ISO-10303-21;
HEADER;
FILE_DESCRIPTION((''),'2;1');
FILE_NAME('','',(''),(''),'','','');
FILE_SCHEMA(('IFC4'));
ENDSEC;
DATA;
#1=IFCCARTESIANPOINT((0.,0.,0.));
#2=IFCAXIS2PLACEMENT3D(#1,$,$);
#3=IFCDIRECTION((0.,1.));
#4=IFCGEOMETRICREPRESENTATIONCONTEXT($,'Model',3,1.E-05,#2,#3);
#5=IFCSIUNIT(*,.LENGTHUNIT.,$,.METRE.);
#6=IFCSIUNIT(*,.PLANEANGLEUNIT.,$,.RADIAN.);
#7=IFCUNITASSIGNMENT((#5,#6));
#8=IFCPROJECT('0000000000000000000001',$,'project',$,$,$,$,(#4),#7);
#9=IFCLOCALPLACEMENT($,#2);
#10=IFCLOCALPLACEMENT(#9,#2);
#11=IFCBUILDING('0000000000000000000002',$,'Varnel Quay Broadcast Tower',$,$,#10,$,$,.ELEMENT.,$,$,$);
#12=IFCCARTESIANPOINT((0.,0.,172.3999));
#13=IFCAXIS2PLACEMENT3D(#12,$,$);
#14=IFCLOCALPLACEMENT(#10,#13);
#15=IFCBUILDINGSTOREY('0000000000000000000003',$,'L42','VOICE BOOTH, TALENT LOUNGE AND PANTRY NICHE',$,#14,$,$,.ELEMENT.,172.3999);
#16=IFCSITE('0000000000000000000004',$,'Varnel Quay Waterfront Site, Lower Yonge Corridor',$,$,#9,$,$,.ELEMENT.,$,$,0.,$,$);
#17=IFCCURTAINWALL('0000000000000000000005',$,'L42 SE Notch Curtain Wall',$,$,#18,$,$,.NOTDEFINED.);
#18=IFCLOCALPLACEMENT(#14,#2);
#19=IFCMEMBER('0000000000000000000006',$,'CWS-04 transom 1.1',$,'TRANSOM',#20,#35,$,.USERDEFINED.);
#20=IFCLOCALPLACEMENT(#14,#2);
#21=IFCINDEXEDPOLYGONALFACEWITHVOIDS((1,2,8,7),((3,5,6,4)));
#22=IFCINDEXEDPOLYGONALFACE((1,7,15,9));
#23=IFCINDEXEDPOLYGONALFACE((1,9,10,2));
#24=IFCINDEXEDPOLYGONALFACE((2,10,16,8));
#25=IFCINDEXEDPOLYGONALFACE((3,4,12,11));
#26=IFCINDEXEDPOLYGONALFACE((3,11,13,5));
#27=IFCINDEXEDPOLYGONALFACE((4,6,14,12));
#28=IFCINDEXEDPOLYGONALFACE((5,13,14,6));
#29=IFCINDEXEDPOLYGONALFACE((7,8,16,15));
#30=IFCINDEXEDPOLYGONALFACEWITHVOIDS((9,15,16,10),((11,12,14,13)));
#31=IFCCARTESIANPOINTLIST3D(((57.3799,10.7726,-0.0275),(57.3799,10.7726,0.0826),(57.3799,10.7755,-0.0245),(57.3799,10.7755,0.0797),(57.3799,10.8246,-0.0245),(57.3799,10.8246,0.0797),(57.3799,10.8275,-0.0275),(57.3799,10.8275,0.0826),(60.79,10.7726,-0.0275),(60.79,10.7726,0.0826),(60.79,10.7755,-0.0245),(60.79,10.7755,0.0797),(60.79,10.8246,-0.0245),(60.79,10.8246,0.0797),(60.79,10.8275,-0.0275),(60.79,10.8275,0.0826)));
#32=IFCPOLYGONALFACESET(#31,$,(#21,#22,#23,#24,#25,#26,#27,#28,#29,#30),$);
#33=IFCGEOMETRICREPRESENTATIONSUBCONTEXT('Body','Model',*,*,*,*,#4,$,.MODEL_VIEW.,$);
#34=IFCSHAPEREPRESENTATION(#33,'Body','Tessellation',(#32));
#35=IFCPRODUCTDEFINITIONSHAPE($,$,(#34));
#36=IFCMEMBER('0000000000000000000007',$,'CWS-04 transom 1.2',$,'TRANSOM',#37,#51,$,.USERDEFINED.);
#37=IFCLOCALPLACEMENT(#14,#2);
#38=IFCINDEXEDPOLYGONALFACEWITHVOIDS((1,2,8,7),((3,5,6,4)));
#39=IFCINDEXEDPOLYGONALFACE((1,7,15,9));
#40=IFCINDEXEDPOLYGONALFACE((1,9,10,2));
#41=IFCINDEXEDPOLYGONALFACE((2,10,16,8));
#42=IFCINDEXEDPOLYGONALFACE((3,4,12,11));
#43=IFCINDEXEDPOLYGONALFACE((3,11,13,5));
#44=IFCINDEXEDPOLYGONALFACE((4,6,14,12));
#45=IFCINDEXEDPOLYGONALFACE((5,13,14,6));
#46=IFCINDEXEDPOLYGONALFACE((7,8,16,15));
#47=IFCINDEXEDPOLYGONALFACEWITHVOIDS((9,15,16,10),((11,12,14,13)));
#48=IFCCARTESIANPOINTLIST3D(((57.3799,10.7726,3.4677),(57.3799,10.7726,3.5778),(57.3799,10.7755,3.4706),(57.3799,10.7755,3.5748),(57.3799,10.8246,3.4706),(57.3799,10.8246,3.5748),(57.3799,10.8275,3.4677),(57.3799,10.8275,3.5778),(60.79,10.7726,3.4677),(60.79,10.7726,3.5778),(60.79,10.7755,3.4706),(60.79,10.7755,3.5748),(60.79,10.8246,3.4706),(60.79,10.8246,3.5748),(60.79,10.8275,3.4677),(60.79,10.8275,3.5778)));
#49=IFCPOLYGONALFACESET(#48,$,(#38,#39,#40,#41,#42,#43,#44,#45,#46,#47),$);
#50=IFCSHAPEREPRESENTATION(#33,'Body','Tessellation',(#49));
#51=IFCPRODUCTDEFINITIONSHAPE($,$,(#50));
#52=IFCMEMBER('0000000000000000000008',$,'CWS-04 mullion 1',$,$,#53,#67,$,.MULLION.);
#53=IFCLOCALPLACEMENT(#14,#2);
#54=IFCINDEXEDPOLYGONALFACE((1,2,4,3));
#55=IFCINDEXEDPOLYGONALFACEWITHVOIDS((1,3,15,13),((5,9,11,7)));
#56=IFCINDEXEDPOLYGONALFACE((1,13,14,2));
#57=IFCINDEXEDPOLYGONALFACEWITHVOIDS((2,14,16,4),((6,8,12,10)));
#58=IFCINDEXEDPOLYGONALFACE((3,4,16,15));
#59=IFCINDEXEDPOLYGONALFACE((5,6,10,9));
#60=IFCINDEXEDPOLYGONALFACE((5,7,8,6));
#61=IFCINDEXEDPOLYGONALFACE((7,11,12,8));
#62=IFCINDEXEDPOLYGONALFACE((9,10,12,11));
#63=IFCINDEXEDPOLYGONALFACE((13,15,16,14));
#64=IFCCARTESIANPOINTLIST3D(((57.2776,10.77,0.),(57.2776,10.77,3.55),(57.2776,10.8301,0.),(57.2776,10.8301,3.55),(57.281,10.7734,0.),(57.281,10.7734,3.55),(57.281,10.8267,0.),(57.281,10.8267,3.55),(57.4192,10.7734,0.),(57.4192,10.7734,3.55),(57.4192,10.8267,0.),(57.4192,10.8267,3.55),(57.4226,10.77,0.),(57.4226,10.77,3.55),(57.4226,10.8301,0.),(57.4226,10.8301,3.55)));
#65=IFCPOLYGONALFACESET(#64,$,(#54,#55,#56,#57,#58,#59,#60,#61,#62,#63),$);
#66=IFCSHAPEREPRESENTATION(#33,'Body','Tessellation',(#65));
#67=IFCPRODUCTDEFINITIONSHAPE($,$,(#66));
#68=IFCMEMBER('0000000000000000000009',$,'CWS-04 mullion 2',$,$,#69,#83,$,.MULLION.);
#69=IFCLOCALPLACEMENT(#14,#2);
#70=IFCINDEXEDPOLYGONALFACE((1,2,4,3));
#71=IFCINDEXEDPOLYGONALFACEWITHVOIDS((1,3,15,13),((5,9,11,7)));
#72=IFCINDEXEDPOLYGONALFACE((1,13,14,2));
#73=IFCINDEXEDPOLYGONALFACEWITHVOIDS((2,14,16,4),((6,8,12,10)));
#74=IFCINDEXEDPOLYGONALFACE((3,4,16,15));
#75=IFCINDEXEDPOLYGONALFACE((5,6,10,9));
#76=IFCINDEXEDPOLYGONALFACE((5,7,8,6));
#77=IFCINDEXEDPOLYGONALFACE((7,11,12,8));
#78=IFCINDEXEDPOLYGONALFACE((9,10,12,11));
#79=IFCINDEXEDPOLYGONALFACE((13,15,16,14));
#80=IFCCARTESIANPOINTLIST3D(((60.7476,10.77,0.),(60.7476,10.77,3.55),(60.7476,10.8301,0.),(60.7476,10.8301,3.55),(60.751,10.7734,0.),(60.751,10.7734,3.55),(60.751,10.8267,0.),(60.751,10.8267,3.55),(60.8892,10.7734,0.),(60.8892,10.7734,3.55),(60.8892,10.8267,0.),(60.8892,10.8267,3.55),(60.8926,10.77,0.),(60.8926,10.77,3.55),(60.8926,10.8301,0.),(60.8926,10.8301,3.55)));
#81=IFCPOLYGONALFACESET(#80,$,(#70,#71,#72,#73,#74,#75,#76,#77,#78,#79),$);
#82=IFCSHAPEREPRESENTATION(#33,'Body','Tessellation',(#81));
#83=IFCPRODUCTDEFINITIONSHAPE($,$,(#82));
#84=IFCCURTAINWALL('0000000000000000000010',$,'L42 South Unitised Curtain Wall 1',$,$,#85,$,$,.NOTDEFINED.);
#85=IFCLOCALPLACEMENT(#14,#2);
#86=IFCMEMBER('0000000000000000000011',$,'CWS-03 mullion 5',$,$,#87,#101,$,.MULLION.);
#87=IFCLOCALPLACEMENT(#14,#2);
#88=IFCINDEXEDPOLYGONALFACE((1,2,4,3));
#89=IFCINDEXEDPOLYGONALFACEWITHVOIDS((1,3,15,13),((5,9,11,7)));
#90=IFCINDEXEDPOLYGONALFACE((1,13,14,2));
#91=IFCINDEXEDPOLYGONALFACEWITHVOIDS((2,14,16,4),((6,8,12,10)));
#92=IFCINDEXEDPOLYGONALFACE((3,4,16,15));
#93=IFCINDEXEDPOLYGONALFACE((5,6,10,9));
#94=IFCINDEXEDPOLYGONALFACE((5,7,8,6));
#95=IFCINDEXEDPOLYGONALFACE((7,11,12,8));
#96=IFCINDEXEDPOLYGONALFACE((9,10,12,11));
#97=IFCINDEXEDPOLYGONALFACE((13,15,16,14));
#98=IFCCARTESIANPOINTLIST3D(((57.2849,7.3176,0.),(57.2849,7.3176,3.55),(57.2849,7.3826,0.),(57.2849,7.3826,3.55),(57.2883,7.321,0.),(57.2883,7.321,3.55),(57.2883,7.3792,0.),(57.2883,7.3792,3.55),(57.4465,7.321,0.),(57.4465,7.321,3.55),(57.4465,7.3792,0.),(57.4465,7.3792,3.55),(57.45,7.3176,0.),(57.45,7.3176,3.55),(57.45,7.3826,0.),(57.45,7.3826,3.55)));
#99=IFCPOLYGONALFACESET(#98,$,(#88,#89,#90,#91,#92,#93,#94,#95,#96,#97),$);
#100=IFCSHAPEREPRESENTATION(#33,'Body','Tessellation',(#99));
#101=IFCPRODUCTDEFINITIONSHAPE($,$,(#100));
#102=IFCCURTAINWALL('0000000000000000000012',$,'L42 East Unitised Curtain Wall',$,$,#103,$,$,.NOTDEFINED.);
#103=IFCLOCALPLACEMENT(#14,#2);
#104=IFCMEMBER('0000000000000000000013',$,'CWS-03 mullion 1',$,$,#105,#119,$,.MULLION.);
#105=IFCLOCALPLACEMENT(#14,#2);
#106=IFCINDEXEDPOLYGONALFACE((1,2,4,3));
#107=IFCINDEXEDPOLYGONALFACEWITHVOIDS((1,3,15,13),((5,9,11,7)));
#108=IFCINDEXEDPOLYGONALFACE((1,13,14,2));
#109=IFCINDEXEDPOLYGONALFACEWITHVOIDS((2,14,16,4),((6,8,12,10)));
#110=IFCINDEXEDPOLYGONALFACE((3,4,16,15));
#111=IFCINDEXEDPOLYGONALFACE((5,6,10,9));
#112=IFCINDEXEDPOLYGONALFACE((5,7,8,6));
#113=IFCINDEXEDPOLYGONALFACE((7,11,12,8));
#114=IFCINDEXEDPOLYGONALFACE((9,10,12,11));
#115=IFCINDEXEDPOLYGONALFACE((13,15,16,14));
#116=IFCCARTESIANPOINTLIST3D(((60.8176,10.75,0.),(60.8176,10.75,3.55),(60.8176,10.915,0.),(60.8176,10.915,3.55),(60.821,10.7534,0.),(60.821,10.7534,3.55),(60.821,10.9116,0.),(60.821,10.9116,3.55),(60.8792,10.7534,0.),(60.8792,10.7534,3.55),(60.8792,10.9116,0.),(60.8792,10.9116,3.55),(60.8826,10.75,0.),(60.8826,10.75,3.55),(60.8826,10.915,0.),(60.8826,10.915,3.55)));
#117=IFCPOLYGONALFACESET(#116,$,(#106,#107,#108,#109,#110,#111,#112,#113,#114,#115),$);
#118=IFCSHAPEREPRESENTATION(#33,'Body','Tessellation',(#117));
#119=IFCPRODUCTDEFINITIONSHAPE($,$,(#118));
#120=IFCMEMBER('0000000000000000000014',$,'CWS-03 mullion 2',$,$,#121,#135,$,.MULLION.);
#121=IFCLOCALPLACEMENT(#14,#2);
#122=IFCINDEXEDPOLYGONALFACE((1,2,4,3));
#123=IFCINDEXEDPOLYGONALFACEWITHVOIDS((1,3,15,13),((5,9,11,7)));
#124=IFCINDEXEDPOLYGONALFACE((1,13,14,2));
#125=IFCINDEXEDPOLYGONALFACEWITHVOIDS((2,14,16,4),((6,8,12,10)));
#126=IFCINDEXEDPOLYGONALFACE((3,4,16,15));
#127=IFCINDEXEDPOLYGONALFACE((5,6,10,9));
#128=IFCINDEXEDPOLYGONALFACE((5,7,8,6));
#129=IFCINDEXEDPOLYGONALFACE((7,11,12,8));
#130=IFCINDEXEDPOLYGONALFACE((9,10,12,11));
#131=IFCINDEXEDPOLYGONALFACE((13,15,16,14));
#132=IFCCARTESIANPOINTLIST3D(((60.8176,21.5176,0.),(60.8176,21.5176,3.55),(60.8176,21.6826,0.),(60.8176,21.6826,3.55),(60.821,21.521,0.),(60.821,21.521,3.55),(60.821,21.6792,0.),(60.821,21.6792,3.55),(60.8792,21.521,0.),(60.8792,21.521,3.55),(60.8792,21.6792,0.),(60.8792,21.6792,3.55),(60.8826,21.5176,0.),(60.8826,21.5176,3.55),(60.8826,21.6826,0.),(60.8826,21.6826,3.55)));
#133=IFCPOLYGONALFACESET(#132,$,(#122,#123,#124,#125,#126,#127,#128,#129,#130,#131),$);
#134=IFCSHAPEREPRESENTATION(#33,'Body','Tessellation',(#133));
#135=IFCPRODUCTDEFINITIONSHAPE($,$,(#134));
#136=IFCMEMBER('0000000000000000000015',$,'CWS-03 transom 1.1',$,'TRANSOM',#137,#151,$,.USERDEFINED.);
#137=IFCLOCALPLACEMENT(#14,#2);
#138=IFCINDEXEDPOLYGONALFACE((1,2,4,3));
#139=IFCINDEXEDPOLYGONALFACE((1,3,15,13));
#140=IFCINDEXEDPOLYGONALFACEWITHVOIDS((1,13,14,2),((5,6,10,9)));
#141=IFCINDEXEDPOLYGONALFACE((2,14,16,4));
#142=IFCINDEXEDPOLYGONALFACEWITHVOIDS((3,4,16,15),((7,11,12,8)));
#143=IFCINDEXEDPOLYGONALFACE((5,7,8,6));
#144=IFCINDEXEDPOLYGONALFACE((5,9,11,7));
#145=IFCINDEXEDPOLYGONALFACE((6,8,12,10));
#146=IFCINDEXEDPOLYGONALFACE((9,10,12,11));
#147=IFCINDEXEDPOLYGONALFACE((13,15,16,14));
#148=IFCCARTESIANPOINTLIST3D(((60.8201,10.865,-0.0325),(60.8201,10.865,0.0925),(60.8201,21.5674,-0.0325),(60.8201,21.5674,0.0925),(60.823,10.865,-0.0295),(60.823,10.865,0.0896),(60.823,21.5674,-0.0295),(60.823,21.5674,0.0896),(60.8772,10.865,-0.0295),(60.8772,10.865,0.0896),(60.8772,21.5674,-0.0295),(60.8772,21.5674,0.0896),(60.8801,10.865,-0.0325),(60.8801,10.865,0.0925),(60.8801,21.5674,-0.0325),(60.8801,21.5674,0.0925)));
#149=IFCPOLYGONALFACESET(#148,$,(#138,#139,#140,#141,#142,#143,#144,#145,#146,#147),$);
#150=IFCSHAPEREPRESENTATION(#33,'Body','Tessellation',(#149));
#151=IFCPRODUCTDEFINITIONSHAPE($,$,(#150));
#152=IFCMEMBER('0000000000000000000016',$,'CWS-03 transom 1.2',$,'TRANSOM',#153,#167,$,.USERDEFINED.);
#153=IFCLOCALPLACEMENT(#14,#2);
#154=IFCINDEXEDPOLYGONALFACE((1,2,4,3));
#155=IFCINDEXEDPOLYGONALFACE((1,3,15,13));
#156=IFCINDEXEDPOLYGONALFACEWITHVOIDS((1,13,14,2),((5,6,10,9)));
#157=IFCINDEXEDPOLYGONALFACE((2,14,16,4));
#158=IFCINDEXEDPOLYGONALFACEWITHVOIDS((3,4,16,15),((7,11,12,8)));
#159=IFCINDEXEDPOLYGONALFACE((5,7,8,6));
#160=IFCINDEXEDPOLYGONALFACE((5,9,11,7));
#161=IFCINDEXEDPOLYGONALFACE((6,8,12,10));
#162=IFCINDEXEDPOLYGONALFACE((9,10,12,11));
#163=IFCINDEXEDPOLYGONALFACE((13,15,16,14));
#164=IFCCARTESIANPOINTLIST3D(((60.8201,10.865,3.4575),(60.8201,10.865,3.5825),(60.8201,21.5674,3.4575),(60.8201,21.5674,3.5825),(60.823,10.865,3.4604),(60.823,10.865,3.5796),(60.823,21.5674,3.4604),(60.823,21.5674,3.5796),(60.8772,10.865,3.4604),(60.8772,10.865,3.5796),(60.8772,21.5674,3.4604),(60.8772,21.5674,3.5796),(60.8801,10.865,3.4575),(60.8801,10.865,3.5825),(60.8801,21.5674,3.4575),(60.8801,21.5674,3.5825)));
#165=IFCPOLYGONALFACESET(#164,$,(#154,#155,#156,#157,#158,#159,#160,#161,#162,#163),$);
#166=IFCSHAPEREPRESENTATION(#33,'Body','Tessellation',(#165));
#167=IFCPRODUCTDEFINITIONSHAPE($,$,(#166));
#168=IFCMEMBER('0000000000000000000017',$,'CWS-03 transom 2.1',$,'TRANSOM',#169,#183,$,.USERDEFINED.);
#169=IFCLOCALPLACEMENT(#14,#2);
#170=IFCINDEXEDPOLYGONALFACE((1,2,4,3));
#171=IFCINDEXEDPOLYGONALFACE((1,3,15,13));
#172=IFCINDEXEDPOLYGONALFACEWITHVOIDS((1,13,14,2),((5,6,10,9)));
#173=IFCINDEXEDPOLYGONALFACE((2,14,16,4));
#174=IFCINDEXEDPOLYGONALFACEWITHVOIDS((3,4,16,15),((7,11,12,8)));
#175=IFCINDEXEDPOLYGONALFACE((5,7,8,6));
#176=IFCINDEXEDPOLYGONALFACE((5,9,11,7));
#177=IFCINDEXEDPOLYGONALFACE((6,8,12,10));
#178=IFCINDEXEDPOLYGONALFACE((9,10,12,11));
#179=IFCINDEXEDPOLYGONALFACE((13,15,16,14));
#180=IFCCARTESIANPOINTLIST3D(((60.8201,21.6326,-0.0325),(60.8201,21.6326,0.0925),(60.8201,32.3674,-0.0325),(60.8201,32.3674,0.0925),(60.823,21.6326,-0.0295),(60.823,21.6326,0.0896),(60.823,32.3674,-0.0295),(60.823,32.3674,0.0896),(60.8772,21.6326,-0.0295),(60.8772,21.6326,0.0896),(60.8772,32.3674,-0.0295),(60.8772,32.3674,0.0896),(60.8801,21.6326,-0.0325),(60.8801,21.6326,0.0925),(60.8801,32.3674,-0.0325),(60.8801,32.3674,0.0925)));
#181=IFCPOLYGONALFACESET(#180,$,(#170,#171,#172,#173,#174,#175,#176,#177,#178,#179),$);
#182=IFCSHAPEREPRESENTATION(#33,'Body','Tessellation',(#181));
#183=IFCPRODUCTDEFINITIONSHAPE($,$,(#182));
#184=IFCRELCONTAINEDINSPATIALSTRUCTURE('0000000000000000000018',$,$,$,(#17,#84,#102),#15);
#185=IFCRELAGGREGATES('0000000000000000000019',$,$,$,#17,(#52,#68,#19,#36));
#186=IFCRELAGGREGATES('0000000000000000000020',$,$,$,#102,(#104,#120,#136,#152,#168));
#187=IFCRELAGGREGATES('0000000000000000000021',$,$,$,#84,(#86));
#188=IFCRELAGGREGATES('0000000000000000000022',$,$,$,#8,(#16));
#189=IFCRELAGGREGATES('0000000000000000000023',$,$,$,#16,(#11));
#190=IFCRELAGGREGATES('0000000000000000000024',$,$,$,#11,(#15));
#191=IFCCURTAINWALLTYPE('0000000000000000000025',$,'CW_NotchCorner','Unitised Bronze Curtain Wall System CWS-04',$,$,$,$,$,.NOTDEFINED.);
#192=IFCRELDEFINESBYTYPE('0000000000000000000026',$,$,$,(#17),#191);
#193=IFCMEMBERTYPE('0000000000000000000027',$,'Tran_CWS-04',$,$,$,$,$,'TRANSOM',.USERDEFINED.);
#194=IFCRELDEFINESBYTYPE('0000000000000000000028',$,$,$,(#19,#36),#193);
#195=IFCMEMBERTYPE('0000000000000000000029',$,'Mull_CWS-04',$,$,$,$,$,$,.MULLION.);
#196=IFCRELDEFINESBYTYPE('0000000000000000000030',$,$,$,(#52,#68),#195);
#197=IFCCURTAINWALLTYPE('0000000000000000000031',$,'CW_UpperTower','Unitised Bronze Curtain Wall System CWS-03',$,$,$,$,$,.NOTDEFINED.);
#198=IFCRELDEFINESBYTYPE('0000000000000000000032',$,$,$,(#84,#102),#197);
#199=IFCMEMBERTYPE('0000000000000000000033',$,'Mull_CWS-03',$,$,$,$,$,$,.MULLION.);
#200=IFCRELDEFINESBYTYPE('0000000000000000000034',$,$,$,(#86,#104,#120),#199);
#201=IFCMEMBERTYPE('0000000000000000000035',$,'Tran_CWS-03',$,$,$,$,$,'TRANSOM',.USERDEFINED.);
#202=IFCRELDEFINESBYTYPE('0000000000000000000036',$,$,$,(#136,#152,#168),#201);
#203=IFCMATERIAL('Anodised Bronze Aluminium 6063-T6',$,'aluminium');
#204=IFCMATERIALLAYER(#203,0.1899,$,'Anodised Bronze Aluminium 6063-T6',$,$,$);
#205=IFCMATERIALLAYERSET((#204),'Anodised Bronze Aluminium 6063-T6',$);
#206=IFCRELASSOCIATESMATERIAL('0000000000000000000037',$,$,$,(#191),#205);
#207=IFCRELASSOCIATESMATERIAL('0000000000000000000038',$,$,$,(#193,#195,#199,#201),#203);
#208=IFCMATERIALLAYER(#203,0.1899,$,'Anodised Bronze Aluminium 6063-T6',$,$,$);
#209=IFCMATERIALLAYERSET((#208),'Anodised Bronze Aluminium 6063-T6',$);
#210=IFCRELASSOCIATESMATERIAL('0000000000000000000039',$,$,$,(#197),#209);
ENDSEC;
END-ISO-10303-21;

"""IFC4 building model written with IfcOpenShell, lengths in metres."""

from ifc_helpers import new_model, si_unit, direction, frame, origin, origin_2d, place, context, subcontext, project, spatial, hollow_rectangle, extrude, source, transform, mapped, material, layer, layer_set, material_profile, profile_set, type_object, type_shapes, element, aggregate, save


model = new_model("IFC4")

# Units and contexts
model_context = context("Model", 3, precision=1e-05, world=origin(), true_north=direction((0.0, 1.0)))
body_context = subcontext(model_context, "Body", "Model", "MODEL_VIEW")
ifc_project = project(units=[si_unit("LENGTHUNIT", "METRE"), si_unit("PLANEANGLEUNIT", "RADIAN")], contexts=[model_context])

# Site, building, storey
site_placement = place(None, origin())
site = spatial("IfcSite", under=ifc_project, at=site_placement, Name="Varnel Quay Waterfront Site, Lower Yonge Corridor", CompositionType="ELEMENT", RefElevation=0.0)
building_placement = place(site_placement, origin())
building = spatial("IfcBuilding", under=site, at=building_placement, Name="Varnel Quay Broadcast Tower", CompositionType="ELEMENT")
storey_placement = place(building_placement, frame((0.0, 0.0, 172.3999)))
storey = spatial("IfcBuildingStorey", under=building, at=storey_placement, Name="L42", Description="VOICE BOOTH, TALENT LOUNGE AND PANTRY NICHE", CompositionType="ELEMENT", Elevation=172.3999)

# Curtain wall, members
ifc_material_1 = material(Name="Anodised Bronze Aluminium 6063-T6", Category="aluminium")
ifc_layer_1 = layer(ifc_material_1, 0.1899, Name="Anodised Bronze Aluminium 6063-T6")
ifc_layer_set_1 = layer_set([ifc_layer_1], Name="Anodised Bronze Aluminium 6063-T6")
curtain_wall_type_1 = type_object("IfcCurtainWallType", Name="CW_NotchCorner", Description="Unitised Bronze Curtain Wall System CWS-04", PredefinedType="NOTDEFINED", material=ifc_layer_set_1)
curtain_wall_1_placement = place(storey_placement, origin())
curtain_wall_1 = element("IfcCurtainWall", 1, at=curtain_wall_1_placement, inside=storey, type_object=curtain_wall_type_1, Name="L42 SE Notch Curtain Wall", PredefinedType="NOTDEFINED")
ifc_material_profile_1 = material_profile(ifc_material_1, hollow_rectangle(XDim=0.0549, YDim=0.1101, WallThickness=0.0029, at=origin_2d()), Name="ALU55X110X3")
ifc_profile_set_1 = profile_set([ifc_material_profile_1], Name="Anodised Bronze Aluminium 6063-T6")
member_type_1 = type_object("IfcMemberType", Name="Tran_CWS-04", ElementType="TRANSOM", PredefinedType="USERDEFINED", material=ifc_profile_set_1)
shared_shape_1 = source(origin(), body_context, "Body", "SweptSolid", [
    extrude(hollow_rectangle(XDim=0.0549, YDim=0.1101, WallThickness=0.0029, at=origin_2d()), origin(), (0.0, 0.0, 1.0), 3.4102),
])
type_shapes(member_type_1, [shared_shape_1])
member_1_placement = place(storey_placement, frame((57.3799, 10.8, 0.0276), z_axis=(1.0, 0.0, 0.0), x_axis=(0.0, 1.0, 0.0)))
member_1 = element("IfcMember", 2, at=member_1_placement, type_object=member_type_1, Name="CWS-04 transom 1.1", ObjectType="TRANSOM", PredefinedType="USERDEFINED", context=body_context, shape_type="MappedRepresentation", body=[
    mapped(shared_shape_1, transform((0.0, 0.0, 0.0), x_axis=(1.0, 0.0, 0.0), y_axis=(0.0, 1.0, 0.0), z_axis=(0.0, 0.0, 1.0), scale=1.0)),
])
member_2_placement = place(storey_placement, frame((57.3799, 10.8, 3.5227), z_axis=(1.0, 0.0, 0.0), x_axis=(0.0, 1.0, 0.0)))
member_2 = element("IfcMember", 3, at=member_2_placement, type_object=member_type_1, Name="CWS-04 transom 1.2", ObjectType="TRANSOM", PredefinedType="USERDEFINED", context=body_context, shape_type="MappedRepresentation", body=[
    mapped(shared_shape_1, transform((0.0, 0.0, 0.0), x_axis=(1.0, 0.0, 0.0), y_axis=(0.0, 1.0, 0.0), z_axis=(0.0, 0.0, 1.0), scale=1.0)),
])
ifc_material_profile_2 = material_profile(ifc_material_1, hollow_rectangle(XDim=0.0601, YDim=0.145, WallThickness=0.0034, at=origin_2d()), Name="ALU60X145X3.5")
ifc_profile_set_2 = profile_set([ifc_material_profile_2], Name="Anodised Bronze Aluminium 6063-T6")
member_type_2 = type_object("IfcMemberType", Name="Mull_CWS-04", PredefinedType="MULLION", material=ifc_profile_set_2)
shared_shape_2 = source(origin(), body_context, "Body", "SweptSolid", [
    extrude(hollow_rectangle(XDim=0.0601, YDim=0.145, WallThickness=0.0034, at=origin_2d()), origin(), (0.0, 0.0, 1.0), 3.55),
])
type_shapes(member_type_2, [shared_shape_2])
member_3_placement = place(storey_placement, frame((57.3501, 10.8, 0.0), z_axis=(0.0, 0.0, 1.0), x_axis=(0.0, 1.0, 0.0)))
member_3 = element("IfcMember", 4, at=member_3_placement, type_object=member_type_2, Name="CWS-04 mullion 1", PredefinedType="MULLION", context=body_context, shape_type="MappedRepresentation", body=[
    mapped(shared_shape_2, transform((0.0, 0.0, 0.0), x_axis=(1.0, 0.0, 0.0), y_axis=(0.0, 1.0, 0.0), z_axis=(0.0, 0.0, 1.0), scale=1.0)),
])
member_4_placement = place(storey_placement, frame((60.8201, 10.8, 0.0), z_axis=(0.0, 0.0, 1.0), x_axis=(0.0, 1.0, 0.0)))
member_4 = element("IfcMember", 5, at=member_4_placement, type_object=member_type_2, Name="CWS-04 mullion 2", PredefinedType="MULLION", context=body_context, shape_type="MappedRepresentation", body=[
    mapped(shared_shape_2, transform((0.0, 0.0, 0.0), x_axis=(1.0, 0.0, 0.0), y_axis=(0.0, 1.0, 0.0), z_axis=(0.0, 0.0, 1.0), scale=1.0)),
])

# Curtain wall, member
ifc_layer_2 = layer(ifc_material_1, 0.1899, Name="Anodised Bronze Aluminium 6063-T6")
ifc_layer_set_2 = layer_set([ifc_layer_2], Name="Anodised Bronze Aluminium 6063-T6")
curtain_wall_type_2 = type_object("IfcCurtainWallType", Name="CW_UpperTower", Description="Unitised Bronze Curtain Wall System CWS-03", PredefinedType="NOTDEFINED", material=ifc_layer_set_2)
curtain_wall_2_placement = place(storey_placement, origin())
curtain_wall_2 = element("IfcCurtainWall", 6, at=curtain_wall_2_placement, inside=storey, type_object=curtain_wall_type_2, Name="L42 South Unitised Curtain Wall 1", PredefinedType="NOTDEFINED")
ifc_material_profile_3 = material_profile(ifc_material_1, hollow_rectangle(XDim=0.0649, YDim=0.165, WallThickness=0.0034, at=origin_2d()), Name="ALU65X165X3.5")
ifc_profile_set_3 = profile_set([ifc_material_profile_3], Name="Anodised Bronze Aluminium 6063-T6")
member_type_3 = type_object("IfcMemberType", Name="Mull_CWS-03", PredefinedType="MULLION", material=ifc_profile_set_3)
shared_shape_3 = source(origin(), body_context, "Body", "SweptSolid", [
    extrude(hollow_rectangle(XDim=0.0649, YDim=0.165, WallThickness=0.0034, at=origin_2d()), origin(), (0.0, 0.0, 1.0), 3.55),
])
type_shapes(member_type_3, [shared_shape_3])
member_5_placement = place(storey_placement, frame((57.3674, 7.3501, 0.0), z_axis=(0.0, 0.0, 1.0), x_axis=(0.0, 1.0, 0.0)))
member_5 = element("IfcMember", 7, at=member_5_placement, type_object=member_type_3, Name="CWS-03 mullion 5", PredefinedType="MULLION", context=body_context, shape_type="MappedRepresentation", body=[
    mapped(shared_shape_3, transform((0.0, 0.0, 0.0), x_axis=(1.0, 0.0, 0.0), y_axis=(0.0, 1.0, 0.0), z_axis=(0.0, 0.0, 1.0), scale=1.0)),
])

# Curtain wall, members
curtain_wall_3_placement = place(storey_placement, origin())
curtain_wall_3 = element("IfcCurtainWall", 8, at=curtain_wall_3_placement, inside=storey, type_object=curtain_wall_type_2, Name="L42 East Unitised Curtain Wall", PredefinedType="NOTDEFINED")
member_6_placement = place(storey_placement, frame((60.8501, 10.8325, 0.0), z_axis=(0.0, 0.0, 1.0), x_axis=(-1.0, 0.0, 0.0)))
member_6 = element("IfcMember", 9, at=member_6_placement, type_object=member_type_3, Name="CWS-03 mullion 1", PredefinedType="MULLION", context=body_context, shape_type="MappedRepresentation", body=[
    mapped(shared_shape_3, transform((0.0, 0.0, 0.0), x_axis=(1.0, 0.0, 0.0), y_axis=(0.0, 1.0, 0.0), z_axis=(0.0, 0.0, 1.0), scale=1.0)),
])
member_7_placement = place(storey_placement, frame((60.8501, 21.6001, 0.0), z_axis=(0.0, 0.0, 1.0), x_axis=(-1.0, 0.0, 0.0)))
member_7 = element("IfcMember", 10, at=member_7_placement, type_object=member_type_3, Name="CWS-03 mullion 2", PredefinedType="MULLION", context=body_context, shape_type="MappedRepresentation", body=[
    mapped(shared_shape_3, transform((0.0, 0.0, 0.0), x_axis=(1.0, 0.0, 0.0), y_axis=(0.0, 1.0, 0.0), z_axis=(0.0, 0.0, 1.0), scale=1.0)),
])
ifc_material_profile_4 = material_profile(ifc_material_1, hollow_rectangle(XDim=0.0601, YDim=0.125, WallThickness=0.0029, at=origin_2d()), Name="ALU60X125X3")
ifc_profile_set_4 = profile_set([ifc_material_profile_4], Name="Anodised Bronze Aluminium 6063-T6")
member_type_4 = type_object("IfcMemberType", Name="Tran_CWS-03", ElementType="TRANSOM", PredefinedType="USERDEFINED", material=ifc_profile_set_4)
shared_shape_4 = source(origin(), body_context, "Body", "SweptSolid", [
    extrude(hollow_rectangle(XDim=0.0601, YDim=0.125, WallThickness=0.0029, at=origin_2d()), origin(), (0.0, 0.0, 1.0), 10.7024),
])
member_8_placement = place(storey_placement, frame((60.8501, 10.865, 0.03), z_axis=(0.0, 1.0, 0.0), x_axis=(-1.0, 0.0, 0.0)))
member_8 = element("IfcMember", 11, at=member_8_placement, type_object=member_type_4, Name="CWS-03 transom 1.1", ObjectType="TRANSOM", PredefinedType="USERDEFINED", context=body_context, shape_type="MappedRepresentation", body=[
    mapped(shared_shape_4, transform((0.0, 0.0, 0.0), x_axis=(1.0, 0.0, 0.0), y_axis=(0.0, 1.0, 0.0), z_axis=(0.0, 0.0, 1.0), scale=1.0)),
])
member_9_placement = place(storey_placement, frame((60.8501, 10.865, 3.52), z_axis=(0.0, 1.0, 0.0), x_axis=(-1.0, 0.0, 0.0)))
member_9 = element("IfcMember", 12, at=member_9_placement, type_object=member_type_4, Name="CWS-03 transom 1.2", ObjectType="TRANSOM", PredefinedType="USERDEFINED", context=body_context, shape_type="MappedRepresentation", body=[
    mapped(shared_shape_4, transform((0.0, 0.0, 0.0), x_axis=(1.0, 0.0, 0.0), y_axis=(0.0, 1.0, 0.0), z_axis=(0.0, 0.0, 1.0), scale=1.0)),
])
shared_shape_5 = source(origin(), body_context, "Body", "SweptSolid", [
    extrude(hollow_rectangle(XDim=0.0601, YDim=0.125, WallThickness=0.0029, at=origin_2d()), origin(), (0.0, 0.0, 1.0), 10.7349),
])
type_shapes(member_type_4, [shared_shape_4, shared_shape_5])
member_10_placement = place(storey_placement, frame((60.8501, 21.6326, 0.03), z_axis=(0.0, 1.0, 0.0), x_axis=(-1.0, 0.0, 0.0)))
member_10 = element("IfcMember", 13, at=member_10_placement, type_object=member_type_4, Name="CWS-03 transom 2.1", ObjectType="TRANSOM", PredefinedType="USERDEFINED", context=body_context, shape_type="MappedRepresentation", body=[
    mapped(shared_shape_5, transform((0.0, 0.0, 0.0), x_axis=(1.0, 0.0, 0.0), y_axis=(0.0, 1.0, 0.0), z_axis=(0.0, 0.0, 1.0), scale=1.0)),
])

aggregate(curtain_wall_1, [member_3, member_4, member_1, member_2])
aggregate(curtain_wall_3, [member_6, member_7, member_8, member_9, member_10])
aggregate(curtain_wall_2, [member_5])

save(model, "model.ifc")
